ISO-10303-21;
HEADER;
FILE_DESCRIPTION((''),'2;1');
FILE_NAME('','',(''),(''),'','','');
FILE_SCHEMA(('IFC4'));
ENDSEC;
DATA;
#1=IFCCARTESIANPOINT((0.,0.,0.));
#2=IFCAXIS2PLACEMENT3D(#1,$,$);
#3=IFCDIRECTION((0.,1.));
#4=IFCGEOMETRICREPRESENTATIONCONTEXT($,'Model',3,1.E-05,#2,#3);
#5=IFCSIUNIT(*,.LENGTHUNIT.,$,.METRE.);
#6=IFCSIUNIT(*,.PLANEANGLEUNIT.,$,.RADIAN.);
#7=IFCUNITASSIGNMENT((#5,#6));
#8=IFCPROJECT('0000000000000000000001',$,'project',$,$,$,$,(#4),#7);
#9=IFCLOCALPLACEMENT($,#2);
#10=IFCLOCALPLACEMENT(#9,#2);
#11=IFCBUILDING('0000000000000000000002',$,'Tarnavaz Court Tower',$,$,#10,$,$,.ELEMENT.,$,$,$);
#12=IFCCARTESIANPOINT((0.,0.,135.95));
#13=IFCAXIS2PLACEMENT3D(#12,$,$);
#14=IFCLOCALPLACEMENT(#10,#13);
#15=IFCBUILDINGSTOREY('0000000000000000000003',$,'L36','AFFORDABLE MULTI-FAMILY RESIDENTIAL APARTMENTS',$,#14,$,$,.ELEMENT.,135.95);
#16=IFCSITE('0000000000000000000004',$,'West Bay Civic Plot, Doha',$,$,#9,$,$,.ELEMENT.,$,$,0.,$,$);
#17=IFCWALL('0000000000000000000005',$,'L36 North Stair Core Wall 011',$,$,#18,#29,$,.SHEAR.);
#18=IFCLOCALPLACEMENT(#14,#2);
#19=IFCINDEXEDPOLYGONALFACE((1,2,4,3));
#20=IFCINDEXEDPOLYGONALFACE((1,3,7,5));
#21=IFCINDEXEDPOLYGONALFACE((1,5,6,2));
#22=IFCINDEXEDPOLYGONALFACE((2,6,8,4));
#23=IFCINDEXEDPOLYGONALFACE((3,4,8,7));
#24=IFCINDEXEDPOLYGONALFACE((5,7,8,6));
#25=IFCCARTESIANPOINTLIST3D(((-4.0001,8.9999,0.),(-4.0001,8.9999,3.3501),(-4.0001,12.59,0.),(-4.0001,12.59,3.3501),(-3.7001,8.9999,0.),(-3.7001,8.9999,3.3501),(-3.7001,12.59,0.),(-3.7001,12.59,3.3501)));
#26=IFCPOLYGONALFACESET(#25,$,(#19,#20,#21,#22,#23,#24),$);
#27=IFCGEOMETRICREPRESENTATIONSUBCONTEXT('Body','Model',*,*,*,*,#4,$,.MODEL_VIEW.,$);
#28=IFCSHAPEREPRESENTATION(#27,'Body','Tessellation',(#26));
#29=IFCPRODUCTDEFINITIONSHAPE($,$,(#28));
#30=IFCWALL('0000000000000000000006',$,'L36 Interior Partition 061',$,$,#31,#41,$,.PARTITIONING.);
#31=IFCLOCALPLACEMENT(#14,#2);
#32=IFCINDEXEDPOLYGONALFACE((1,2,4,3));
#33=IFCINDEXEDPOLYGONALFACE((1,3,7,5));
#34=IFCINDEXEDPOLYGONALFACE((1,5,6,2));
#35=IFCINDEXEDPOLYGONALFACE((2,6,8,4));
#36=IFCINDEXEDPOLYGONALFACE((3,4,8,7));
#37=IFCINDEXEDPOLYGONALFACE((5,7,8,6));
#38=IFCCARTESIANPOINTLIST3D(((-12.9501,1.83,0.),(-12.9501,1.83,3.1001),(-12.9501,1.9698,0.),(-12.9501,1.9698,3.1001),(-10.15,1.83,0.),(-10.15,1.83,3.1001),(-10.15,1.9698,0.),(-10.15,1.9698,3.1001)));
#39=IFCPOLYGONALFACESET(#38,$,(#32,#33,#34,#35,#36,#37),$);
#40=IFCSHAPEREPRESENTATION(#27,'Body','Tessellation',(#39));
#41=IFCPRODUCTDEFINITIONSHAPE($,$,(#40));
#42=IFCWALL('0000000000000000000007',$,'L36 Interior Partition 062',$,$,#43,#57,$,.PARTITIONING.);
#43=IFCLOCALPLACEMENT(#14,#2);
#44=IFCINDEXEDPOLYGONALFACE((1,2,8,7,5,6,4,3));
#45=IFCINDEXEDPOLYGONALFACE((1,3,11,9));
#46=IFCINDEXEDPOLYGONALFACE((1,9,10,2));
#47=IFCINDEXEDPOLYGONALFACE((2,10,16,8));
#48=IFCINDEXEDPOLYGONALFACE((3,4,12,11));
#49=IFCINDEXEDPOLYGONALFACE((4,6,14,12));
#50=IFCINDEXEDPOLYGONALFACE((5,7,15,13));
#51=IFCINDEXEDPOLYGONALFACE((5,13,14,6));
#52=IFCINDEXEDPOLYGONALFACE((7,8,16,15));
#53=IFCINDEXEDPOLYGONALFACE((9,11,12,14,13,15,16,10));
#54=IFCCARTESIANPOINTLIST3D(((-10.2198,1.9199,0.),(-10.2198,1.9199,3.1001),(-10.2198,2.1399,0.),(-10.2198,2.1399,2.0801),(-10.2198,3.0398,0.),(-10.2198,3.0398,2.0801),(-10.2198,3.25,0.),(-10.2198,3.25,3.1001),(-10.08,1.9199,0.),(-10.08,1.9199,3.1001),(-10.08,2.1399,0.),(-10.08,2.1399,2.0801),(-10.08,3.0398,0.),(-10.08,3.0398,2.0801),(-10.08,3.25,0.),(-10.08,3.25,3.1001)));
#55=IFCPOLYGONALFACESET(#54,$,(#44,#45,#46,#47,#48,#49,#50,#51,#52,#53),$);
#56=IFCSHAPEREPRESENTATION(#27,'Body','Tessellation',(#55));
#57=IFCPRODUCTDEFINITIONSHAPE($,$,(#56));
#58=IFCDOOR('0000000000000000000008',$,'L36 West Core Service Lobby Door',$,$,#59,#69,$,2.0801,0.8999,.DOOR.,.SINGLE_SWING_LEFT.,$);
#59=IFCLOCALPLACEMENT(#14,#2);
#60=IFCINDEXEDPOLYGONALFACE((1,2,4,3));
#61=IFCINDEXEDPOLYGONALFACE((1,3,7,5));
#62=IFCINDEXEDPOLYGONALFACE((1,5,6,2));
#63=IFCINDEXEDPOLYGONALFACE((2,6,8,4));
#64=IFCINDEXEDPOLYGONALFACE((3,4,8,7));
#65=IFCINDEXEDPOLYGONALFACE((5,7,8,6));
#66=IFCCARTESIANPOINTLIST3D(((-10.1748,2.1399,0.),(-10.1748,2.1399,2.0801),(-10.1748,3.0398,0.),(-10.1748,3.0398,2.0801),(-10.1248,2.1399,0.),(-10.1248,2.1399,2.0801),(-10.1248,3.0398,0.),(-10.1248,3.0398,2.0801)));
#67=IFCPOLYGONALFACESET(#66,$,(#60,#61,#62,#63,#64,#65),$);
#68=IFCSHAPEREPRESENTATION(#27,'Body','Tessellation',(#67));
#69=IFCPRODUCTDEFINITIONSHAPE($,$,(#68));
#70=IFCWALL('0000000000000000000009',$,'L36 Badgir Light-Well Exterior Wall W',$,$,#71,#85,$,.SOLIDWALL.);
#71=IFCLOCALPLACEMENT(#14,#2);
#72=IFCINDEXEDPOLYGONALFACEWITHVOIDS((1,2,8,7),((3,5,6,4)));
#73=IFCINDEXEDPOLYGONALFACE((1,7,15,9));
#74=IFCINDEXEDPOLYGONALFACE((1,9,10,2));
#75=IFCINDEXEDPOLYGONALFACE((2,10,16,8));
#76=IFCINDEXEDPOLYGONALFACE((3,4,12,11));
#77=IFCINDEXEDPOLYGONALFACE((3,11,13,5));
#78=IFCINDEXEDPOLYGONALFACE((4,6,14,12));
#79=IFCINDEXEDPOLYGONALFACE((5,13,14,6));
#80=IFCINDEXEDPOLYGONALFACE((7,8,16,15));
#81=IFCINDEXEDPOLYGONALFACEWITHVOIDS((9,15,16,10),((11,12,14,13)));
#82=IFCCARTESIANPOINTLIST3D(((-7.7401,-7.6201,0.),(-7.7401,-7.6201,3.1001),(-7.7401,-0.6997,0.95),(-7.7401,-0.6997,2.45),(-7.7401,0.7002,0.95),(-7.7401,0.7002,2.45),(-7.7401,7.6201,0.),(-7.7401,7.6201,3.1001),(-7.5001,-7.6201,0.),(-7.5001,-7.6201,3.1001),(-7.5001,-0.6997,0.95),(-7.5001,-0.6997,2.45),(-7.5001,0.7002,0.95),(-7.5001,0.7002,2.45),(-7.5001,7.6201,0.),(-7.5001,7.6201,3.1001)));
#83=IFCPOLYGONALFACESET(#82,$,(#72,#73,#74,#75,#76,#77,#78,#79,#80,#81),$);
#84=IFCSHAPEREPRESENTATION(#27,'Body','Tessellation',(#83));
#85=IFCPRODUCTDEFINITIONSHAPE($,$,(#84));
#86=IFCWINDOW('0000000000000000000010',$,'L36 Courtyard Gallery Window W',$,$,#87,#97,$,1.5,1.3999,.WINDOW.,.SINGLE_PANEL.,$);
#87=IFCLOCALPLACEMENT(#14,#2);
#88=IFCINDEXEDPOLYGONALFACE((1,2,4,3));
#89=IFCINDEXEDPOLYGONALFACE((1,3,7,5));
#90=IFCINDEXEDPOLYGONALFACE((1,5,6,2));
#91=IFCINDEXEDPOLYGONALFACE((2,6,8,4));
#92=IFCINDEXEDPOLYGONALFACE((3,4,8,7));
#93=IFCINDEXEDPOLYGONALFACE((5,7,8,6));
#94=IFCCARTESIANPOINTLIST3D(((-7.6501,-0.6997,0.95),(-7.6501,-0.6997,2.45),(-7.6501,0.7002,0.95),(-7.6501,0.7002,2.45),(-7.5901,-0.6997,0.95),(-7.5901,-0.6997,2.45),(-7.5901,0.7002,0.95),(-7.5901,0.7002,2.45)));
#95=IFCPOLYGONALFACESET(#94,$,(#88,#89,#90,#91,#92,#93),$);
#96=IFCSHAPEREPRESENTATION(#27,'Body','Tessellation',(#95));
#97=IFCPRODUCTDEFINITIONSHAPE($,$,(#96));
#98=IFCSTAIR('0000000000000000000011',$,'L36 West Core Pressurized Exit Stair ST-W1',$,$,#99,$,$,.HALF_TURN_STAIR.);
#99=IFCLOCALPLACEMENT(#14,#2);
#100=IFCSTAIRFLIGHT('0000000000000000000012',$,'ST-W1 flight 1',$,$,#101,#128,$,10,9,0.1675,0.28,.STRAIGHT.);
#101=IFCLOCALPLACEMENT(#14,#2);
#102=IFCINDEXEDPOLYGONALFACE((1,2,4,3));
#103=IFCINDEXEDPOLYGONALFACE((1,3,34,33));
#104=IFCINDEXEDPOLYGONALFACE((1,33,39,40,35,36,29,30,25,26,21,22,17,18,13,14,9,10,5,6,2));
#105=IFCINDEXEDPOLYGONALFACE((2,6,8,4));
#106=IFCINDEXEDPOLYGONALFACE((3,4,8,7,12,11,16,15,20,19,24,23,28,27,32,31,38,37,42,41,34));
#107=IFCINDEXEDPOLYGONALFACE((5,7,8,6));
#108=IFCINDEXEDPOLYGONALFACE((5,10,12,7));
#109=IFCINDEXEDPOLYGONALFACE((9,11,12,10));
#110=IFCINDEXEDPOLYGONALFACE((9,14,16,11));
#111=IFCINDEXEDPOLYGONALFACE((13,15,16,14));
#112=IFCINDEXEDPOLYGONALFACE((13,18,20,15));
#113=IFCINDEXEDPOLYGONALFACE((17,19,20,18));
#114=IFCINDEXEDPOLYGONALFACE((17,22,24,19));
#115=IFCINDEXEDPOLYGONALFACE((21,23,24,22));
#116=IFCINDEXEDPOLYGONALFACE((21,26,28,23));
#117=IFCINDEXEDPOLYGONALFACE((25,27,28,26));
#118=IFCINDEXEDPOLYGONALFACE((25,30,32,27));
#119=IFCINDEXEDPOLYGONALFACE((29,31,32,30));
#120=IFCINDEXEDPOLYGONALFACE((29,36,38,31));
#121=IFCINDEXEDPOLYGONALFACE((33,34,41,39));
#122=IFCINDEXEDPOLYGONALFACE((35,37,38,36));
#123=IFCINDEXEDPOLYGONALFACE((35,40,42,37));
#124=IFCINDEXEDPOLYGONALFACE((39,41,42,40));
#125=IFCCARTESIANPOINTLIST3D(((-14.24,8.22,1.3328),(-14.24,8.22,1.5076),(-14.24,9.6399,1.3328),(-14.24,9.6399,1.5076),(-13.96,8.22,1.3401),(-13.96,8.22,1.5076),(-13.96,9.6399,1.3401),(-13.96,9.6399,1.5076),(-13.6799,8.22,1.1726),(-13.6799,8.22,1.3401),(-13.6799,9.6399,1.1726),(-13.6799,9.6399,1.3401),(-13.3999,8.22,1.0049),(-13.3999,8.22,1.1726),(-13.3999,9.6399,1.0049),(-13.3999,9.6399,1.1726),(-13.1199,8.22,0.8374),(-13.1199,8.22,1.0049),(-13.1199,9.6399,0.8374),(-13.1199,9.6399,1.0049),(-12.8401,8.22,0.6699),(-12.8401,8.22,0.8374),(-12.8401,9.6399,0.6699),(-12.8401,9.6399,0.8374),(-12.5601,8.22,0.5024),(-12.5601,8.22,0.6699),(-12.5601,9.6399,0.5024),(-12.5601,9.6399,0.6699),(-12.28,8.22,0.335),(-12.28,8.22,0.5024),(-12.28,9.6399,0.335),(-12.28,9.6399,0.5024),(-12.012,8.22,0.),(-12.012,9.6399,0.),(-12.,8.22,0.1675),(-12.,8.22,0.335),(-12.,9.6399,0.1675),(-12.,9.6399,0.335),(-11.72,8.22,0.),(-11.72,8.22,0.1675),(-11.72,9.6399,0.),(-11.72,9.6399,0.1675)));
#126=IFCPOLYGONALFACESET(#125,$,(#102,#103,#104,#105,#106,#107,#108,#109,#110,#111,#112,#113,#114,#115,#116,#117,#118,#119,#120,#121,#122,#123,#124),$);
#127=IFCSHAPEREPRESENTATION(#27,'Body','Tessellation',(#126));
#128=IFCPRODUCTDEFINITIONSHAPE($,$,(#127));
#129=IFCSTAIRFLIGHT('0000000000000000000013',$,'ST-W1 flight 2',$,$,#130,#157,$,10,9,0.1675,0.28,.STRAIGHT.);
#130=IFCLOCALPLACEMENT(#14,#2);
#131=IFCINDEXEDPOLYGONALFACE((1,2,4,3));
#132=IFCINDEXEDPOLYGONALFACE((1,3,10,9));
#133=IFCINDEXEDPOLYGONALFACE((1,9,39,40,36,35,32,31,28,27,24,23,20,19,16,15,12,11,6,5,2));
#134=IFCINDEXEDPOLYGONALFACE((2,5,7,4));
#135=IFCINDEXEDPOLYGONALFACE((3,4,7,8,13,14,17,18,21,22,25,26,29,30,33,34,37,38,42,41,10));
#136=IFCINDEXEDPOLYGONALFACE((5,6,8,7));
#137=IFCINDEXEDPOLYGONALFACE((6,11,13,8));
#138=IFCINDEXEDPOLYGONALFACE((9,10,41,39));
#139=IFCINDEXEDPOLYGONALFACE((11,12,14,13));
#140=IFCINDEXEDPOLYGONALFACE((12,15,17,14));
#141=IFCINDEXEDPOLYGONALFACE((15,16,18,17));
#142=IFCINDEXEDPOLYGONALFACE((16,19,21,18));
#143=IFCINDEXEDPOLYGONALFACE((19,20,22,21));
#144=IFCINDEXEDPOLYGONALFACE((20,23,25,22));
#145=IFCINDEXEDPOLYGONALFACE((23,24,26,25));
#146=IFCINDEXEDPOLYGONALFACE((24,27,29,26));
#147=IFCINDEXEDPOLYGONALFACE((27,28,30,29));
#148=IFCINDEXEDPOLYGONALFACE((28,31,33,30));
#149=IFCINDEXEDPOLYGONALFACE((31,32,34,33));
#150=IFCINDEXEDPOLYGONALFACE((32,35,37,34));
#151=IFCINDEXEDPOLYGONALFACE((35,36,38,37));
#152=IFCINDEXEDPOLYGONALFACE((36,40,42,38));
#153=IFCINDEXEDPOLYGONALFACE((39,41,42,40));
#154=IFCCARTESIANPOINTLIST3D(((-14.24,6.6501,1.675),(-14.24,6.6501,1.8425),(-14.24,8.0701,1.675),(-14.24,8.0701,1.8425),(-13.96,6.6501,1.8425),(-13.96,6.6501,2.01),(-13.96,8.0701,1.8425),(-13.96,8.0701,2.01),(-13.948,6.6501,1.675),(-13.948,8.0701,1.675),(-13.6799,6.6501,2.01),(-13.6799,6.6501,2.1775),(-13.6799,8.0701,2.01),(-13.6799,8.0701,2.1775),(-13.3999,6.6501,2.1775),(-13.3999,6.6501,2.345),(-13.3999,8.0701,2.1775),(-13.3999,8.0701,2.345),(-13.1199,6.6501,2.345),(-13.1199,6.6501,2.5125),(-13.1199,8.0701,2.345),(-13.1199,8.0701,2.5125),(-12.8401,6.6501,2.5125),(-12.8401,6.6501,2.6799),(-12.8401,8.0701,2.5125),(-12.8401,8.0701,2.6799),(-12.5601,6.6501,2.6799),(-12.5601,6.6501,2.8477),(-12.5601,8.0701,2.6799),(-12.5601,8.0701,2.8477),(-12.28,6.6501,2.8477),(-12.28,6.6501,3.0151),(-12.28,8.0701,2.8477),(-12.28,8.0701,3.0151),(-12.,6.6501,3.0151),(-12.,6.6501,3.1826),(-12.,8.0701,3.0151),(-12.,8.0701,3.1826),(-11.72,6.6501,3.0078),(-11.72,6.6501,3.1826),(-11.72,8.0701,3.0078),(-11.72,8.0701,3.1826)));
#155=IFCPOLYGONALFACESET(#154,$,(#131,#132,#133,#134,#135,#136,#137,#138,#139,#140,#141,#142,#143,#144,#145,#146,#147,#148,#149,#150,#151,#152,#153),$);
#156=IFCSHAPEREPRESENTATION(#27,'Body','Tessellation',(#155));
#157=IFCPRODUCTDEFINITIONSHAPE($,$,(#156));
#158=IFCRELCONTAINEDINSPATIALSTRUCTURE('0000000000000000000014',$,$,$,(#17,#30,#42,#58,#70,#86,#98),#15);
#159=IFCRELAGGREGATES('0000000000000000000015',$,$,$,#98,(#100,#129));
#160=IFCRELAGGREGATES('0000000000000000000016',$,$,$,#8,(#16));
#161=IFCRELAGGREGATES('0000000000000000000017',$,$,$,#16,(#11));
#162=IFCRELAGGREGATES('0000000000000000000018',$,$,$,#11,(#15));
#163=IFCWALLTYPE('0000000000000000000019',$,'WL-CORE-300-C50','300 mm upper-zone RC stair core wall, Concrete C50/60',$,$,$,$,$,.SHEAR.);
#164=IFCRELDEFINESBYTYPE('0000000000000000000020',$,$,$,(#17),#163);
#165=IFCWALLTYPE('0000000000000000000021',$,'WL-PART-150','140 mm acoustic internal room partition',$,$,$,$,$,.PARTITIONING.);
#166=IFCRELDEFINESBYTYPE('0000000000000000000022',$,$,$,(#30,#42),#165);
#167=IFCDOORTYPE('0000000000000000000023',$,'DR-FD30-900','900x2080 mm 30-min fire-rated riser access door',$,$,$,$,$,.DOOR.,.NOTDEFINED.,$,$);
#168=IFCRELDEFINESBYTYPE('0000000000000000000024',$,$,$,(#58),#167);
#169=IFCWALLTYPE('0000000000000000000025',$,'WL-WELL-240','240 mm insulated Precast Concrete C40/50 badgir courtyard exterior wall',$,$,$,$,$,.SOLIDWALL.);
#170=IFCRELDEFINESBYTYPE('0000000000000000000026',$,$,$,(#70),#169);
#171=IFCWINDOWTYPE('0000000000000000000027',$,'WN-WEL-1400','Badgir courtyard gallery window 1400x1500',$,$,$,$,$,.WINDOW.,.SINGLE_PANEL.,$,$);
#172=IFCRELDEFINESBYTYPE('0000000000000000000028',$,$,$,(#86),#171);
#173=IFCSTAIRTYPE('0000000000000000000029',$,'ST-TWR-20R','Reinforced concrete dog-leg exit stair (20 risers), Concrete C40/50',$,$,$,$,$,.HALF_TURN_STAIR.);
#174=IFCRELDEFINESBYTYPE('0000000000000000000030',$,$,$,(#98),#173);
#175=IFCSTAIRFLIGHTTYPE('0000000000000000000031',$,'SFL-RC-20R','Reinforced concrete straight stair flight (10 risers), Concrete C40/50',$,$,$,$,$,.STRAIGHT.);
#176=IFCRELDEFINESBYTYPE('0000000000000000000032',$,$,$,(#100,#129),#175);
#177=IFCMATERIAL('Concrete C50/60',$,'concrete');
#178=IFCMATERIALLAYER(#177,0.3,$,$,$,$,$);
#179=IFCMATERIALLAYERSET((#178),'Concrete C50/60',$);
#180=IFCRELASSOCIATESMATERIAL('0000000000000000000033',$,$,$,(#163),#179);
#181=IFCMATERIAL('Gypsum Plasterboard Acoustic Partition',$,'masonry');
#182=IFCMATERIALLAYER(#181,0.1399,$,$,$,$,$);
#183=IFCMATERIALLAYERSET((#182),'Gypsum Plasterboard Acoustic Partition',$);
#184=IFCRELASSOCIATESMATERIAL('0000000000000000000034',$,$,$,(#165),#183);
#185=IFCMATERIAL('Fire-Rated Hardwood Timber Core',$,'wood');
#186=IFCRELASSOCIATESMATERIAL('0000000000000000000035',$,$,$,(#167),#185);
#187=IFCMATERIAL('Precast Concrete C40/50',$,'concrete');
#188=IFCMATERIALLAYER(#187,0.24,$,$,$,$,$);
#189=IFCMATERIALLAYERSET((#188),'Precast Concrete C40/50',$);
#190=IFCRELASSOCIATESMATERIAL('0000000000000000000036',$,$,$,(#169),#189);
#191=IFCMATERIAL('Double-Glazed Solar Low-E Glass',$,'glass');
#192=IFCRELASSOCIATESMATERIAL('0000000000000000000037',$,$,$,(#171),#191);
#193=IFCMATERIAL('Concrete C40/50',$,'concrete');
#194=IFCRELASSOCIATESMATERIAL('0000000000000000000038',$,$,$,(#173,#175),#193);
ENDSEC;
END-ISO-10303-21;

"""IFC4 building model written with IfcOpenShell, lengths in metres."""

from ifc_helpers import new_model, si_unit, direction, frame, frame_2d, origin, place, context, subcontext, project, spatial, polyline, rectangle, outline, extrude, material, layer, layer_set, type_object, element, fill, aggregate, save


model = new_model("IFC4")

# Units and contexts
model_context = context("Model", 3, precision=1e-05, world=origin(), true_north=direction((0.0, 1.0)))
body_context = subcontext(model_context, "Body", "Model", "MODEL_VIEW")
ifc_project = project(units=[si_unit("LENGTHUNIT", "METRE"), si_unit("PLANEANGLEUNIT", "RADIAN")], contexts=[model_context])

# Site, building, storey
site_placement = place(None, origin())
site = spatial("IfcSite", under=ifc_project, at=site_placement, Name="West Bay Civic Plot, Doha", CompositionType="ELEMENT", RefElevation=0.0)
building_placement = place(site_placement, origin())
building = spatial("IfcBuilding", under=site, at=building_placement, Name="Tarnavaz Court Tower", CompositionType="ELEMENT")
storey_placement = place(building_placement, frame((0.0, 0.0, 135.95)))
storey = spatial("IfcBuildingStorey", under=building, at=storey_placement, Name="L36", Description="AFFORDABLE MULTI-FAMILY RESIDENTIAL APARTMENTS", CompositionType="ELEMENT", Elevation=135.95)

# Shared definitions
ifc_material_1 = material(Name="Concrete C50/60", Category="concrete")
ifc_layer_1 = layer(ifc_material_1, 0.3)
ifc_layer_set_1 = layer_set([ifc_layer_1], Name="Concrete C50/60")
wall_type_1 = type_object("IfcWallType", Name="WL-CORE-300-C50", Description="300 mm upper-zone RC stair core wall, Concrete C50/60", PredefinedType="SHEAR", material=ifc_layer_set_1)

# Shared definitions
ifc_material_2 = material(Name="Fire-Rated Hardwood Timber Core", Category="wood")

# Wall
wall_1_placement = place(storey_placement, frame((-3.8501, 9.0, 0.0), z_axis=(0.0, 0.0, 1.0), x_axis=(0.0, 1.0, 0.0)))
element("IfcWall", 1, at=wall_1_placement, inside=storey, type_object=wall_type_1, Name="L36 North Stair Core Wall 011", PredefinedType="SHEAR", context=body_context, shape_type="SweptSolid", body=[
    extrude(rectangle(XDim=3.5901, YDim=0.3, at=frame_2d((1.7949, 0.0))), origin(), (0.0, 0.0, 1.0), 3.3501),
])

# Wall
ifc_material_3 = material(Name="Gypsum Plasterboard Acoustic Partition", Category="masonry")
ifc_layer_2 = layer(ifc_material_3, 0.1399)
ifc_layer_set_2 = layer_set([ifc_layer_2], Name="Gypsum Plasterboard Acoustic Partition")
wall_type_2 = type_object("IfcWallType", Name="WL-PART-150", Description="140 mm acoustic internal room partition", PredefinedType="PARTITIONING", material=ifc_layer_set_2)
wall_2_placement = place(storey_placement, frame((-12.95, 1.8999, 0.0), z_axis=(0.0, 0.0, 1.0), x_axis=(1.0, 0.0, 0.0)))
element("IfcWall", 2, at=wall_2_placement, inside=storey, type_object=wall_type_2, Name="L36 Interior Partition 061", PredefinedType="PARTITIONING", context=body_context, shape_type="SweptSolid", body=[
    extrude(rectangle(XDim=2.8, YDim=0.1399, at=frame_2d((1.3999, 0.0))), origin(), (0.0, 0.0, 1.0), 3.1001),
])

# Wall, opening, door
wall_3_placement = place(storey_placement, frame((-10.1499, 1.9199, 0.0), z_axis=(0.0, 0.0, 1.0), x_axis=(0.0, 1.0, 0.0)))
wall_3 = element("IfcWall", 3, at=wall_3_placement, inside=storey, type_object=wall_type_2, Name="L36 Interior Partition 062", PredefinedType="PARTITIONING", context=body_context, shape_type="SweptSolid", body=[
    extrude(rectangle(XDim=1.3301, YDim=0.1399, at=frame_2d((0.665, 0.0))), origin(), (0.0, 0.0, 1.0), 3.1001),
])
opening_1_placement = place(wall_3_placement, frame((0.22, 0.0, 0.0)))
opening_1 = element("IfcOpeningElement", 4, at=opening_1_placement, cuts=wall_3, PredefinedType="OPENING", context=body_context, shape_type="SweptSolid", body=[
    extrude(rectangle(XDim=0.8999, YDim=2.0801, at=frame_2d((0.45, 1.04))), frame((0.0, 0.0798, 0.0), z_axis=(0.0, -1.0, 0.0), x_axis=(1.0, 0.0, 0.0)), (0.0, 0.0, 1.0), 0.1599),
])
door_type_1 = type_object("IfcDoorType", Name="DR-FD30-900", Description="900x2080 mm 30-min fire-rated riser access door", OperationType="NOTDEFINED", PredefinedType="DOOR", material=ifc_material_2)
door_1_placement = place(opening_1_placement, origin())
door_1 = element("IfcDoor", 5, at=door_1_placement, inside=storey, type_object=door_type_1, Name="L36 West Core Service Lobby Door", OperationType="SINGLE_SWING_LEFT", OverallHeight=2.0801, OverallWidth=0.8999, PredefinedType="DOOR", context=body_context, shape_type="SweptSolid", body=[
    extrude(rectangle(XDim=0.8999, YDim=2.0801, at=frame_2d((0.45, 1.04))), frame((0.0, 0.0249, 0.0), z_axis=(0.0, -1.0, 0.0), x_axis=(1.0, 0.0, 0.0)), (0.0, 0.0, 1.0), 0.05),
])
fill(opening_1, door_1)

# Wall, opening, window
ifc_material_4 = material(Name="Precast Concrete C40/50", Category="concrete")
ifc_layer_3 = layer(ifc_material_4, 0.24)
ifc_layer_set_3 = layer_set([ifc_layer_3], Name="Precast Concrete C40/50")
wall_type_3 = type_object("IfcWallType", Name="WL-WELL-240", Description="240 mm insulated Precast Concrete C40/50 badgir courtyard exterior wall", PredefinedType="SOLIDWALL", material=ifc_layer_set_3)
wall_4_placement = place(storey_placement, frame((-7.6201, 7.6201, 0.0), z_axis=(0.0, 0.0, 1.0), x_axis=(0.0, -1.0, 0.0)))
wall_4 = element("IfcWall", 6, at=wall_4_placement, inside=storey, type_object=wall_type_3, Name="L36 Badgir Light-Well Exterior Wall W", PredefinedType="SOLIDWALL", context=body_context, shape_type="SweptSolid", body=[
    extrude(rectangle(XDim=15.2402, YDim=0.24, at=frame_2d((7.6201, 0.0))), origin(), (0.0, 0.0, 1.0), 3.1001),
])
opening_2_placement = place(wall_4_placement, frame((6.9199, 0.0, 0.95)))
opening_2 = element("IfcOpeningElement", 7, at=opening_2_placement, cuts=wall_4, PredefinedType="OPENING", context=body_context, shape_type="SweptSolid", body=[
    extrude(rectangle(XDim=1.3999, YDim=1.5, at=frame_2d((0.7, 0.75))), frame((0.0, 0.1299, 0.0), z_axis=(0.0, -1.0, 0.0), x_axis=(1.0, 0.0, 0.0)), (0.0, 0.0, 1.0), 0.26),
])
ifc_material_5 = material(Name="Double-Glazed Solar Low-E Glass", Category="glass")
window_type = type_object("IfcWindowType", Name="WN-WEL-1400", Description="Badgir courtyard gallery window 1400x1500", PartitioningType="SINGLE_PANEL", PredefinedType="WINDOW", material=ifc_material_5)
window_placement = place(opening_2_placement, origin())
window = element("IfcWindow", 8, at=window_placement, inside=storey, type_object=window_type, Name="L36 Courtyard Gallery Window W", OverallHeight=1.5, OverallWidth=1.3999, PartitioningType="SINGLE_PANEL", PredefinedType="WINDOW", context=body_context, shape_type="SweptSolid", body=[
    extrude(rectangle(XDim=1.3999, YDim=1.5, at=frame_2d((0.7, 0.75))), frame((0.0, 0.03, 0.0), z_axis=(0.0, -1.0, 0.0), x_axis=(1.0, 0.0, 0.0)), (0.0, 0.0, 1.0), 0.0601),
])
fill(opening_2, window)

# Stair, stair flights
ifc_material_6 = material(Name="Concrete C40/50", Category="concrete")
stair_type = type_object("IfcStairType", Name="ST-TWR-20R", Description="Reinforced concrete dog-leg exit stair (20 risers), Concrete C40/50", PredefinedType="HALF_TURN_STAIR", material=ifc_material_6)
stair_1_placement = place(storey_placement, origin())
stair_1 = element("IfcStair", 9, at=stair_1_placement, inside=storey, type_object=stair_type, Name="L36 West Core Pressurized Exit Stair ST-W1", PredefinedType="HALF_TURN_STAIR")
stair_flight_type = type_object("IfcStairFlightType", Name="SFL-RC-20R", Description="Reinforced concrete straight stair flight (10 risers), Concrete C40/50", PredefinedType="STRAIGHT", material=ifc_material_6)
stair_flight_1_placement = place(storey_placement, frame((-11.72, 8.9299, 0.0), z_axis=(0.0, 0.0, 1.0), x_axis=(-1.0, 0.0, 0.0)))
stair_flight_1 = element("IfcStairFlight", 10, at=stair_flight_1_placement, type_object=stair_flight_type, Name="ST-W1 flight 1", NumberOfRisers=10, NumberOfTreads=9, PredefinedType="STRAIGHT", RiserHeight=0.1675, TreadLength=0.28, context=body_context, shape_type="SweptSolid", body=[
    extrude(outline(polyline([(0.0, 0.0), (0.0, 0.1675), (0.28, 0.1675), (0.28, 0.335), (0.5601, 0.335), (0.5601, 0.5024), (0.8401, 0.5024), (0.8401, 0.6699), (1.1201, 0.6699), (1.1201, 0.8374), (1.3999, 0.8374), (1.3999, 1.0049), (1.6799, 1.0049), (1.6799, 1.1726), (1.96, 1.1726), (1.96, 1.3401), (2.24, 1.3401), (2.24, 1.5076), (2.52, 1.5076), (2.52, 1.675), (2.52, 1.3328), (0.292, 0.0), (0.0, 0.0)])), frame((0.0, 0.71, 0.0), z_axis=(0.0, -1.0, 0.0), x_axis=(1.0, 0.0, 0.0)), (0.0, 0.0, 1.0), 1.4199),
])
stair_flight_2_placement = place(storey_placement, frame((-14.24, 7.3601, 1.675), z_axis=(0.0, 0.0, 1.0), x_axis=(1.0, 0.0, 0.0)))
stair_flight_2 = element("IfcStairFlight", 11, at=stair_flight_2_placement, type_object=stair_flight_type, Name="ST-W1 flight 2", NumberOfRisers=10, NumberOfTreads=9, PredefinedType="STRAIGHT", RiserHeight=0.1675, TreadLength=0.28, context=body_context, shape_type="SweptSolid", body=[
    extrude(outline(polyline([(0.0, 0.0), (0.0, 0.1675), (0.28, 0.1675), (0.28, 0.335), (0.5601, 0.335), (0.5601, 0.5024), (0.8401, 0.5024), (0.8401, 0.6699), (1.1201, 0.6699), (1.1201, 0.8374), (1.3999, 0.8374), (1.3999, 1.0049), (1.6799, 1.0049), (1.6799, 1.1726), (1.96, 1.1726), (1.96, 1.3401), (2.24, 1.3401), (2.24, 1.5076), (2.52, 1.5076), (2.52, 1.675), (2.52, 1.3328), (0.292, 0.0), (0.0, 0.0)])), frame((0.0, 0.71, 0.0), z_axis=(0.0, -1.0, 0.0), x_axis=(1.0, 0.0, 0.0)), (0.0, 0.0, 1.0), 1.4199),
])
aggregate(stair_1, [stair_flight_1, stair_flight_2])

save(model, "model.ifc")
